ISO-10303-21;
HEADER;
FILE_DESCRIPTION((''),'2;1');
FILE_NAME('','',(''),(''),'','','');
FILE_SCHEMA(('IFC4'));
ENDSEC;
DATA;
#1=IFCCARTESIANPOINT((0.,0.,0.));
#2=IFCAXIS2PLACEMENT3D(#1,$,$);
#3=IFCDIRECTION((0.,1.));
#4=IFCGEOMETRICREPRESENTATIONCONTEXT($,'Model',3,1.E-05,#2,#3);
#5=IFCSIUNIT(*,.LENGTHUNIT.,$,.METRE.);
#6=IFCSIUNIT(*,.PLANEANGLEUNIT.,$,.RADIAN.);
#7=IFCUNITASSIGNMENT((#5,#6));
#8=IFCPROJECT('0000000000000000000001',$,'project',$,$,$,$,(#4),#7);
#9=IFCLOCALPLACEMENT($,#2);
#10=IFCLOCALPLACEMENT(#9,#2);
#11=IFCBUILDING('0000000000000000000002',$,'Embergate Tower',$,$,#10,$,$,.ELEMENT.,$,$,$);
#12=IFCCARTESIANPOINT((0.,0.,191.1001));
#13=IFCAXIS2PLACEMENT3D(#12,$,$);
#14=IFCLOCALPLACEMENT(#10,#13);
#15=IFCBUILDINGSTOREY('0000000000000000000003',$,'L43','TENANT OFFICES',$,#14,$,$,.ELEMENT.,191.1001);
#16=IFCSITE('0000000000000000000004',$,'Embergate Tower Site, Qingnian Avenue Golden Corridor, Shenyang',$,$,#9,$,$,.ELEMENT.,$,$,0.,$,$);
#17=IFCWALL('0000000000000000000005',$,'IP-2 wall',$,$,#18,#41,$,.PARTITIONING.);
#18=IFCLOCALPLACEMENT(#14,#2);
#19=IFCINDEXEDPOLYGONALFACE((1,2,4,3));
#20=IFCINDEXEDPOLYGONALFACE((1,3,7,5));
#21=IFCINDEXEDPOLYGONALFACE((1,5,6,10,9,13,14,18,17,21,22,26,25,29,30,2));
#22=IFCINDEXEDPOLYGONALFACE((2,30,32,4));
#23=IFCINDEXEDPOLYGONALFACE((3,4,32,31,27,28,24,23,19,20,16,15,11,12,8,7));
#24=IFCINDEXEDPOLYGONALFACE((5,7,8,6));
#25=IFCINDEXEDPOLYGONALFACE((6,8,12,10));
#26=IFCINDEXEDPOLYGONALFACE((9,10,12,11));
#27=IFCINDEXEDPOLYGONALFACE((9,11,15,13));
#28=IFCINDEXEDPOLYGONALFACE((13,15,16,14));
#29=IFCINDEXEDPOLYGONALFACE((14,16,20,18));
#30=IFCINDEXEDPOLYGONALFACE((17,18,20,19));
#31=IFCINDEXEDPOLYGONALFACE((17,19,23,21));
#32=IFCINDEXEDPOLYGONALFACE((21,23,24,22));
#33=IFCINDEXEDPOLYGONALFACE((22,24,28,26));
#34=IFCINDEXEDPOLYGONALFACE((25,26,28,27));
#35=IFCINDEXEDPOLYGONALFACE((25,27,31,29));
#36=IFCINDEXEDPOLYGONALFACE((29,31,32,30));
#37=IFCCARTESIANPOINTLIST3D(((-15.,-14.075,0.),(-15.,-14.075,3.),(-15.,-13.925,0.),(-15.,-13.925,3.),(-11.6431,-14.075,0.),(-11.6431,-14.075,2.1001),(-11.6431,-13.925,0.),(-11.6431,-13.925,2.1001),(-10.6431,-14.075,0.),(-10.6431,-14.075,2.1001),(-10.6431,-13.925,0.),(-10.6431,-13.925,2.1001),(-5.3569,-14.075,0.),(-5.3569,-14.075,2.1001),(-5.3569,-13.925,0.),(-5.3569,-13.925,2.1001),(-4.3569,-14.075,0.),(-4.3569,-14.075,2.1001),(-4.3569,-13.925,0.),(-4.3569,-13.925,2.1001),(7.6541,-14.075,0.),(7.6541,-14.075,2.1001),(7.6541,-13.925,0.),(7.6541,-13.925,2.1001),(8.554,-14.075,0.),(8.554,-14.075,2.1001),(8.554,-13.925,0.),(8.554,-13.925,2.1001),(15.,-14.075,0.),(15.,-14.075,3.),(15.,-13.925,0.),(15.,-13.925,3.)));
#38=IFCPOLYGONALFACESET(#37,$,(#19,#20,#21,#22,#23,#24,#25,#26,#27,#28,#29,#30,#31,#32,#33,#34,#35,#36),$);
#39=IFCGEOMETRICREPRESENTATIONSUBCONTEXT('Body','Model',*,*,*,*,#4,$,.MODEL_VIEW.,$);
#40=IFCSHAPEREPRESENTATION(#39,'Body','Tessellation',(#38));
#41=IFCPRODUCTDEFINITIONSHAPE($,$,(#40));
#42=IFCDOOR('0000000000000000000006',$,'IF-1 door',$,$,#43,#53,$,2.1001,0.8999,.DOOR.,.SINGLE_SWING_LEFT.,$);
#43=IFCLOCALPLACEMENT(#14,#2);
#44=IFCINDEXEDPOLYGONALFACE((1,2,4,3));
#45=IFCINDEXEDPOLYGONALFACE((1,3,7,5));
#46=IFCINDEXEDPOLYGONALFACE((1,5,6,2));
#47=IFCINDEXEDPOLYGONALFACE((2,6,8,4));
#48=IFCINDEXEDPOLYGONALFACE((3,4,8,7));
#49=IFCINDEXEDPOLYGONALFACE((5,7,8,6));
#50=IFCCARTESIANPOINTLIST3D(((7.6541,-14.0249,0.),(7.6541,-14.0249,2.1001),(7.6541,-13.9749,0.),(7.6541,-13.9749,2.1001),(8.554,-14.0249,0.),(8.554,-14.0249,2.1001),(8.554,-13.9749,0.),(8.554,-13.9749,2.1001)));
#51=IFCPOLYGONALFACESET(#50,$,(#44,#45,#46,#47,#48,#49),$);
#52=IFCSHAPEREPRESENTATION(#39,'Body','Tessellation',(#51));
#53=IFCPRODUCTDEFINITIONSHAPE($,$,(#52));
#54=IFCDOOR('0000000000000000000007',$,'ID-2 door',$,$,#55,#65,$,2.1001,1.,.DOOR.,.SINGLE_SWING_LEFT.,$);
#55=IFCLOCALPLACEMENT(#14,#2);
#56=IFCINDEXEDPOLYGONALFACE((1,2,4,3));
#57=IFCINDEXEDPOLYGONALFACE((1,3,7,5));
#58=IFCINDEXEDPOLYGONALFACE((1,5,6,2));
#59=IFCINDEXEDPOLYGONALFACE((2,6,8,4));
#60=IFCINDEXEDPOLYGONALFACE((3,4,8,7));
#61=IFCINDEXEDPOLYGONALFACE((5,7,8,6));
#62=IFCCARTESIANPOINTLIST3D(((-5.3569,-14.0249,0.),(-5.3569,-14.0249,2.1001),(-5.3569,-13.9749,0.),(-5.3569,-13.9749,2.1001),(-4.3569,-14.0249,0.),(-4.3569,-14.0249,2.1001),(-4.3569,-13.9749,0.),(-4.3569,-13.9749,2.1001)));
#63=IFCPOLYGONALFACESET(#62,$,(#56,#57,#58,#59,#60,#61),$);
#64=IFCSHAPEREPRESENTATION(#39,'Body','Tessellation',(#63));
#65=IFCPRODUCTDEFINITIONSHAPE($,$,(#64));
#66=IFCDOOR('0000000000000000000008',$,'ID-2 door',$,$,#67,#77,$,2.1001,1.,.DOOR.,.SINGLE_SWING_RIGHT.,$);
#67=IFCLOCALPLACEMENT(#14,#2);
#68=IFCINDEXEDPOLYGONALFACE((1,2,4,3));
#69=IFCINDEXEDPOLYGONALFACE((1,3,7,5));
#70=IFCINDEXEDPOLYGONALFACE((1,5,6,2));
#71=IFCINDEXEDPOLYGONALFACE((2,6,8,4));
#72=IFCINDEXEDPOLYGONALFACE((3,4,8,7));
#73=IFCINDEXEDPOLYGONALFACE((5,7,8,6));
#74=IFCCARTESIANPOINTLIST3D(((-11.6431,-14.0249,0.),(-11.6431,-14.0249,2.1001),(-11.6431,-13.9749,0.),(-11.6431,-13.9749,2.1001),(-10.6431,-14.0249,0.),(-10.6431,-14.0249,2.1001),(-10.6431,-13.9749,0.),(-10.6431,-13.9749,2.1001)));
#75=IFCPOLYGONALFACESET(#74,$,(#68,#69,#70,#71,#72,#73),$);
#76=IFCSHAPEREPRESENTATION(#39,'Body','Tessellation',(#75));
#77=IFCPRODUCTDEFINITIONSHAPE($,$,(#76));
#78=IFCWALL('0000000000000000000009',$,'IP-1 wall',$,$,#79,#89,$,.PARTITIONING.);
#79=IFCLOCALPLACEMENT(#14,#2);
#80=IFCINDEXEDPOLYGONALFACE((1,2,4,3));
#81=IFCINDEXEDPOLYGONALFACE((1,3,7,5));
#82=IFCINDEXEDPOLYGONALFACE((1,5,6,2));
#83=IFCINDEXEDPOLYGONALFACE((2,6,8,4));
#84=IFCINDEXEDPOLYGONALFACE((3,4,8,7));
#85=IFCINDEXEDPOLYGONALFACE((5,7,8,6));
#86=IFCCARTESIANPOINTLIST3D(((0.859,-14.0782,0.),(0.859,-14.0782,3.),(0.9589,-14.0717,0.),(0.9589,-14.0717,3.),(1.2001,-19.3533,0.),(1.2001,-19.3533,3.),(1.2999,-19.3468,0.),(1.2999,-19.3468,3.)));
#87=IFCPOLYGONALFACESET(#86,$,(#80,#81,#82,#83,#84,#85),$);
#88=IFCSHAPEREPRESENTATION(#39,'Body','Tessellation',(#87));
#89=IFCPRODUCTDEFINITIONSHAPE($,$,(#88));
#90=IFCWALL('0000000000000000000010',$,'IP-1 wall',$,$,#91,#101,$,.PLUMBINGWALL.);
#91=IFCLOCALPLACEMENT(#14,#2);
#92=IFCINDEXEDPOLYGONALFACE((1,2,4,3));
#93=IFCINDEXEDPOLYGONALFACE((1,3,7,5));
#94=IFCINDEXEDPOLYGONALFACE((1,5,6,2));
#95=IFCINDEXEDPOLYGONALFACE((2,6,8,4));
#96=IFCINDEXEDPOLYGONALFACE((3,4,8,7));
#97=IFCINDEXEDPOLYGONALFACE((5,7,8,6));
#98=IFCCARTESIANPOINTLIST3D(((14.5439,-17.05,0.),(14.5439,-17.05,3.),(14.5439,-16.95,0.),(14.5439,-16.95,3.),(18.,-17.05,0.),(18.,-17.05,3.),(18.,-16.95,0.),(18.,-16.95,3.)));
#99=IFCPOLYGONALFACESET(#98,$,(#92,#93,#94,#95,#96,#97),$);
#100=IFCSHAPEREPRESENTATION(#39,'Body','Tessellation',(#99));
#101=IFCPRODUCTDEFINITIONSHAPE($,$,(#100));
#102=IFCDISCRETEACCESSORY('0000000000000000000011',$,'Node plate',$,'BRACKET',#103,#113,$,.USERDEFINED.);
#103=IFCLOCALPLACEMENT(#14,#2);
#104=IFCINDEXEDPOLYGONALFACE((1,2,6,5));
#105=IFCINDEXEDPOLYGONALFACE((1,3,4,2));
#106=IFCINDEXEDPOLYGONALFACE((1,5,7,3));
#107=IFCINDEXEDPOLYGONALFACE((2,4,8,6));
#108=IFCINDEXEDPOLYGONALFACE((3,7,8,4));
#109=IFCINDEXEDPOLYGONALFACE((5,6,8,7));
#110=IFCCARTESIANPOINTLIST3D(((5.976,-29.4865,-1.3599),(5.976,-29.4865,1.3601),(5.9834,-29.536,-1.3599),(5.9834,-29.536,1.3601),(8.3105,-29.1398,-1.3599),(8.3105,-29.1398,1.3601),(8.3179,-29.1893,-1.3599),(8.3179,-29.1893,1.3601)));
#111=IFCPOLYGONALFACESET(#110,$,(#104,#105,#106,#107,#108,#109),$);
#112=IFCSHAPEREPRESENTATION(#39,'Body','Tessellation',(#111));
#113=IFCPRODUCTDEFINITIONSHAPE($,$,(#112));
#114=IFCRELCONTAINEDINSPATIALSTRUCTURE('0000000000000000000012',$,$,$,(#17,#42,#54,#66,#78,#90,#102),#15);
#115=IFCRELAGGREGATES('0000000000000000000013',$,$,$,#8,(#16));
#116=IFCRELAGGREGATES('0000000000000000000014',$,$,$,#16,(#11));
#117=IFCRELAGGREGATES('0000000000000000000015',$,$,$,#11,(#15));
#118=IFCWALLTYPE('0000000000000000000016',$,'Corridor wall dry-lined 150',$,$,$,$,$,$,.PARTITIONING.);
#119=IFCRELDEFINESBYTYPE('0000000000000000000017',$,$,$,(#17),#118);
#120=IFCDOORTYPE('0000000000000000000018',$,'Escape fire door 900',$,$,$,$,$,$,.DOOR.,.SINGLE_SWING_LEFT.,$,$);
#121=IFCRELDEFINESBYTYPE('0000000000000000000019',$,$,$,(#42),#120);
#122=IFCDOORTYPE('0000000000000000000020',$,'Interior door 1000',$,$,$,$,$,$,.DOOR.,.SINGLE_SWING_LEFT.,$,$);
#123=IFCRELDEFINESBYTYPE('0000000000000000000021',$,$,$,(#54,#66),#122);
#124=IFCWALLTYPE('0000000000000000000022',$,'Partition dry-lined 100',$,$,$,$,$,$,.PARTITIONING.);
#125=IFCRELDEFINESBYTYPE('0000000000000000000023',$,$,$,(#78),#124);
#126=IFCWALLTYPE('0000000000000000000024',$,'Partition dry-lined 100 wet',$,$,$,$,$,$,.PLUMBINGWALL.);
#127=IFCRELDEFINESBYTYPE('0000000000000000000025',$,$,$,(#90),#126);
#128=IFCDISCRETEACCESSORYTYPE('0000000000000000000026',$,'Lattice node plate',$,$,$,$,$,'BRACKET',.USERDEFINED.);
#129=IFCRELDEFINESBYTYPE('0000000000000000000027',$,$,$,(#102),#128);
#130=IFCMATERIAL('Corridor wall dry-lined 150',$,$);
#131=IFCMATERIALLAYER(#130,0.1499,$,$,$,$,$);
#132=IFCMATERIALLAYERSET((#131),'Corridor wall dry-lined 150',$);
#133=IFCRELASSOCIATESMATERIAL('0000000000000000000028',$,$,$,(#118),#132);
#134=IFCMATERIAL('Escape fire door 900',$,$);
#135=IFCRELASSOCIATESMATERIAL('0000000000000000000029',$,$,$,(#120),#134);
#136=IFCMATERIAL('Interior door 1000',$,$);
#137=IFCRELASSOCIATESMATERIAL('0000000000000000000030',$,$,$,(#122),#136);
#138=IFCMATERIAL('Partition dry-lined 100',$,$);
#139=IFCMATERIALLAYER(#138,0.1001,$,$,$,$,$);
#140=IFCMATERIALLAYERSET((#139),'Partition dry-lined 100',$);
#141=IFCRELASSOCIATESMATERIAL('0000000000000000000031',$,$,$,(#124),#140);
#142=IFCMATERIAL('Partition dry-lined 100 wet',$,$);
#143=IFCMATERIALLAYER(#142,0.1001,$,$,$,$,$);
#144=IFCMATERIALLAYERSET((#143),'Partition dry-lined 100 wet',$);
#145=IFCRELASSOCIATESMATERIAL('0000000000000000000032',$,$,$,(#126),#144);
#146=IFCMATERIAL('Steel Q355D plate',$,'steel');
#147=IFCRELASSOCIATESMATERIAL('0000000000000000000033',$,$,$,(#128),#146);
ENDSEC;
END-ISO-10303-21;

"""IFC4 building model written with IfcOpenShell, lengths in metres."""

from ifc_helpers import new_model, si_unit, direction, frame, frame_2d, origin, origin_2d, place, context, subcontext, project, spatial, rectangle, extrude, source, transform, mapped, material, layer, layer_set, type_object, element, fill, save


model = new_model("IFC4")

# Units and contexts
model_context = context("Model", 3, precision=1e-05, world=origin(), true_north=direction((0.0, 1.0)))
body_context = subcontext(model_context, "Body", "Model", "MODEL_VIEW")
ifc_project = project(units=[si_unit("LENGTHUNIT", "METRE"), si_unit("PLANEANGLEUNIT", "RADIAN")], contexts=[model_context])

# Site, building, storey
site_placement = place(None, origin())
site = spatial("IfcSite", under=ifc_project, at=site_placement, Name="Embergate Tower Site, Qingnian Avenue Golden Corridor, Shenyang", CompositionType="ELEMENT", RefElevation=0.0)
building_placement = place(site_placement, origin())
building = spatial("IfcBuilding", under=site, at=building_placement, Name="Embergate Tower", CompositionType="ELEMENT")
storey_placement = place(building_placement, frame((0.0, 0.0, 191.1001)))
storey = spatial("IfcBuildingStorey", under=building, at=storey_placement, Name="L43", Description="TENANT OFFICES", CompositionType="ELEMENT", Elevation=191.1001)

# Wall, openings, doors
ifc_material_1 = material(Name="Corridor wall dry-lined 150")
ifc_layer_1 = layer(ifc_material_1, 0.1499)
ifc_layer_set_1 = layer_set([ifc_layer_1], Name="Corridor wall dry-lined 150")
wall_type_1 = type_object("IfcWallType", Name="Corridor wall dry-lined 150", PredefinedType="PARTITIONING", material=ifc_layer_set_1)
shared_shape_1 = source(origin(), body_context, "Body", "SweptSolid", [
    extrude(rectangle(XDim=30.0, YDim=0.1499, at=frame_2d((15.0, 0.0))), origin(), (0.0, 0.0, 1.0), 3.0),
])
wall_1_placement = place(storey_placement, frame((15.0, -14.0, 0.0), z_axis=(0.0, 0.0, 1.0), x_axis=(-1.0, 0.0, 0.0)))
wall_1 = element("IfcWall", 1, at=wall_1_placement, inside=storey, type_object=wall_type_1, Name="IP-2 wall", PredefinedType="PARTITIONING", context=body_context, shape_type="MappedRepresentation", body=[
    mapped(shared_shape_1, transform((0.0, 0.0, 0.0))),
])
shared_shape_2 = source(origin(), body_context, "Body", "SweptSolid", [
    extrude(rectangle(XDim=1.0, YDim=2.1001, at=frame_2d((0.5, 1.05))), frame((0.0, 0.085, 0.0), z_axis=(0.0, -1.0, 0.0), x_axis=(1.0, 0.0, 0.0)), (0.0, 0.0, 1.0), 0.1699),
])
opening_1_placement = place(wall_1_placement, frame((19.3569, 0.0, 0.0)))
opening_1 = element("IfcOpeningElement", 2, at=opening_1_placement, cuts=wall_1, PredefinedType="OPENING", context=body_context, shape_type="MappedRepresentation", body=[
    mapped(shared_shape_2, transform((0.0, 0.0, 0.0))),
])
shared_shape_3 = source(origin(), body_context, "Body", "SweptSolid", [
    extrude(rectangle(XDim=0.8999, YDim=2.1001, at=frame_2d((0.45, 1.05))), frame((0.0, 0.085, 0.0), z_axis=(0.0, -1.0, 0.0), x_axis=(1.0, 0.0, 0.0)), (0.0, 0.0, 1.0), 0.1699),
])
opening_2_placement = place(wall_1_placement, frame((6.446, 0.0, 0.0)))
opening_2 = element("IfcOpeningElement", 3, at=opening_2_placement, cuts=wall_1, PredefinedType="OPENING", context=body_context, shape_type="MappedRepresentation", body=[
    mapped(shared_shape_3, transform((0.0, 0.0, 0.0))),
])
opening_3_placement = place(wall_1_placement, frame((25.6431, 0.0, 0.0)))
opening_3 = element("IfcOpeningElement", 4, at=opening_3_placement, cuts=wall_1, PredefinedType="OPENING", context=body_context, shape_type="MappedRepresentation", body=[
    mapped(shared_shape_2, transform((0.0, 0.0, 0.0))),
])
ifc_material_2 = material(Name="Escape fire door 900")
door_type_1 = type_object("IfcDoorType", Name="Escape fire door 900", OperationType="SINGLE_SWING_LEFT", PredefinedType="DOOR", material=ifc_material_2)
shared_shape_4 = source(origin(), body_context, "Body", "SweptSolid", [
    extrude(rectangle(XDim=0.8999, YDim=2.1001, at=frame_2d((0.45, 1.05))), frame((0.0, 0.0249, 0.0), z_axis=(0.0, -1.0, 0.0), x_axis=(1.0, 0.0, 0.0)), (0.0, 0.0, 1.0), 0.05),
])
door_1_placement = place(opening_2_placement, origin())
door_1 = element("IfcDoor", 5, at=door_1_placement, inside=storey, type_object=door_type_1, Name="IF-1 door", OperationType="SINGLE_SWING_LEFT", OverallHeight=2.1001, OverallWidth=0.8999, PredefinedType="DOOR", context=body_context, shape_type="MappedRepresentation", body=[
    mapped(shared_shape_4, transform((0.0, 0.0, 0.0))),
])
fill(opening_2, door_1)
ifc_material_3 = material(Name="Interior door 1000")
door_type_2 = type_object("IfcDoorType", Name="Interior door 1000", OperationType="SINGLE_SWING_LEFT", PredefinedType="DOOR", material=ifc_material_3)
shared_shape_5 = source(origin(), body_context, "Body", "SweptSolid", [
    extrude(rectangle(XDim=1.0, YDim=2.1001, at=frame_2d((0.5, 1.05))), frame((0.0, 0.0249, 0.0), z_axis=(0.0, -1.0, 0.0), x_axis=(1.0, 0.0, 0.0)), (0.0, 0.0, 1.0), 0.05),
])
door_2_placement = place(opening_1_placement, origin())
door_2 = element("IfcDoor", 6, at=door_2_placement, inside=storey, type_object=door_type_2, Name="ID-2 door", OperationType="SINGLE_SWING_LEFT", OverallHeight=2.1001, OverallWidth=1.0, PredefinedType="DOOR", context=body_context, shape_type="MappedRepresentation", body=[
    mapped(shared_shape_5, transform((0.0, 0.0, 0.0))),
])
fill(opening_1, door_2)
door_3_placement = place(opening_3_placement, origin())
door_3 = element("IfcDoor", 7, at=door_3_placement, inside=storey, type_object=door_type_2, Name="ID-2 door", OperationType="SINGLE_SWING_RIGHT", OverallHeight=2.1001, OverallWidth=1.0, PredefinedType="DOOR", context=body_context, shape_type="MappedRepresentation", body=[
    mapped(shared_shape_5, transform((0.0, 0.0, 0.0))),
])
fill(opening_3, door_3)

# Walls
ifc_material_4 = material(Name="Partition dry-lined 100")
ifc_layer_2 = layer(ifc_material_4, 0.1001)
ifc_layer_set_2 = layer_set([ifc_layer_2], Name="Partition dry-lined 100")
wall_type_2 = type_object("IfcWallType", Name="Partition dry-lined 100", PredefinedType="PARTITIONING", material=ifc_layer_set_2)
shared_shape_6 = source(origin(), body_context, "Body", "SweptSolid", [
    extrude(rectangle(XDim=5.2861, YDim=0.1001, at=frame_2d((2.6431, 0.0))), origin(), (0.0, 0.0, 1.0), 3.0),
])
wall_2_placement = place(storey_placement, frame((0.9089, -14.075, 0.0), z_axis=(0.0, 0.0, 1.0), x_axis=(0.06452, -0.997916, 0.0)))
element("IfcWall", 8, at=wall_2_placement, inside=storey, type_object=wall_type_2, Name="IP-1 wall", PredefinedType="PARTITIONING", context=body_context, shape_type="MappedRepresentation", body=[
    mapped(shared_shape_6, transform((0.0, 0.0, 0.0))),
])
ifc_material_5 = material(Name="Partition dry-lined 100 wet")
ifc_layer_3 = layer(ifc_material_5, 0.1001)
ifc_layer_set_3 = layer_set([ifc_layer_3], Name="Partition dry-lined 100 wet")
wall_type_3 = type_object("IfcWallType", Name="Partition dry-lined 100 wet", PredefinedType="PLUMBINGWALL", material=ifc_layer_set_3)
shared_shape_7 = source(origin(), body_context, "Body", "SweptSolid", [
    extrude(rectangle(XDim=3.4561, YDim=0.1001, at=frame_2d((1.728, 0.0))), origin(), (0.0, 0.0, 1.0), 3.0),
])
wall_3_placement = place(storey_placement, frame((14.5439, -17.0, 0.0), z_axis=(0.0, 0.0, 1.0), x_axis=(1.0, 0.0, 0.0)))
element("IfcWall", 9, at=wall_3_placement, inside=storey, type_object=wall_type_3, Name="IP-1 wall", PredefinedType="PLUMBINGWALL", context=body_context, shape_type="MappedRepresentation", body=[
    mapped(shared_shape_7, transform((0.0, 0.0, 0.0))),
])

# Discrete accessory
ifc_material_6 = material(Name="Steel Q355D plate", Category="steel")
discrete_accessory_type = type_object("IfcDiscreteAccessoryType", Name="Lattice node plate", ElementType="BRACKET", PredefinedType="USERDEFINED", material=ifc_material_6)
shared_shape_8 = source(origin(), body_context, "Body", "SweptSolid", [
    extrude(rectangle(XDim=2.3601, YDim=0.05, at=origin_2d()), origin(), (0.0, 0.0, 1.0), 2.72),
])
discrete_accessory_placement = place(storey_placement, frame((7.147, -29.3379, -1.3599), z_axis=(0.0, 0.0, 1.0), x_axis=(0.989147, 0.146929, 0.0)))
element("IfcDiscreteAccessory", 10, at=discrete_accessory_placement, inside=storey, type_object=discrete_accessory_type, Name="Node plate", ObjectType="BRACKET", PredefinedType="USERDEFINED", context=body_context, shape_type="MappedRepresentation", body=[
    mapped(shared_shape_8, transform((0.0, 0.0, 0.0))),
])

save(model, "model.ifc")
